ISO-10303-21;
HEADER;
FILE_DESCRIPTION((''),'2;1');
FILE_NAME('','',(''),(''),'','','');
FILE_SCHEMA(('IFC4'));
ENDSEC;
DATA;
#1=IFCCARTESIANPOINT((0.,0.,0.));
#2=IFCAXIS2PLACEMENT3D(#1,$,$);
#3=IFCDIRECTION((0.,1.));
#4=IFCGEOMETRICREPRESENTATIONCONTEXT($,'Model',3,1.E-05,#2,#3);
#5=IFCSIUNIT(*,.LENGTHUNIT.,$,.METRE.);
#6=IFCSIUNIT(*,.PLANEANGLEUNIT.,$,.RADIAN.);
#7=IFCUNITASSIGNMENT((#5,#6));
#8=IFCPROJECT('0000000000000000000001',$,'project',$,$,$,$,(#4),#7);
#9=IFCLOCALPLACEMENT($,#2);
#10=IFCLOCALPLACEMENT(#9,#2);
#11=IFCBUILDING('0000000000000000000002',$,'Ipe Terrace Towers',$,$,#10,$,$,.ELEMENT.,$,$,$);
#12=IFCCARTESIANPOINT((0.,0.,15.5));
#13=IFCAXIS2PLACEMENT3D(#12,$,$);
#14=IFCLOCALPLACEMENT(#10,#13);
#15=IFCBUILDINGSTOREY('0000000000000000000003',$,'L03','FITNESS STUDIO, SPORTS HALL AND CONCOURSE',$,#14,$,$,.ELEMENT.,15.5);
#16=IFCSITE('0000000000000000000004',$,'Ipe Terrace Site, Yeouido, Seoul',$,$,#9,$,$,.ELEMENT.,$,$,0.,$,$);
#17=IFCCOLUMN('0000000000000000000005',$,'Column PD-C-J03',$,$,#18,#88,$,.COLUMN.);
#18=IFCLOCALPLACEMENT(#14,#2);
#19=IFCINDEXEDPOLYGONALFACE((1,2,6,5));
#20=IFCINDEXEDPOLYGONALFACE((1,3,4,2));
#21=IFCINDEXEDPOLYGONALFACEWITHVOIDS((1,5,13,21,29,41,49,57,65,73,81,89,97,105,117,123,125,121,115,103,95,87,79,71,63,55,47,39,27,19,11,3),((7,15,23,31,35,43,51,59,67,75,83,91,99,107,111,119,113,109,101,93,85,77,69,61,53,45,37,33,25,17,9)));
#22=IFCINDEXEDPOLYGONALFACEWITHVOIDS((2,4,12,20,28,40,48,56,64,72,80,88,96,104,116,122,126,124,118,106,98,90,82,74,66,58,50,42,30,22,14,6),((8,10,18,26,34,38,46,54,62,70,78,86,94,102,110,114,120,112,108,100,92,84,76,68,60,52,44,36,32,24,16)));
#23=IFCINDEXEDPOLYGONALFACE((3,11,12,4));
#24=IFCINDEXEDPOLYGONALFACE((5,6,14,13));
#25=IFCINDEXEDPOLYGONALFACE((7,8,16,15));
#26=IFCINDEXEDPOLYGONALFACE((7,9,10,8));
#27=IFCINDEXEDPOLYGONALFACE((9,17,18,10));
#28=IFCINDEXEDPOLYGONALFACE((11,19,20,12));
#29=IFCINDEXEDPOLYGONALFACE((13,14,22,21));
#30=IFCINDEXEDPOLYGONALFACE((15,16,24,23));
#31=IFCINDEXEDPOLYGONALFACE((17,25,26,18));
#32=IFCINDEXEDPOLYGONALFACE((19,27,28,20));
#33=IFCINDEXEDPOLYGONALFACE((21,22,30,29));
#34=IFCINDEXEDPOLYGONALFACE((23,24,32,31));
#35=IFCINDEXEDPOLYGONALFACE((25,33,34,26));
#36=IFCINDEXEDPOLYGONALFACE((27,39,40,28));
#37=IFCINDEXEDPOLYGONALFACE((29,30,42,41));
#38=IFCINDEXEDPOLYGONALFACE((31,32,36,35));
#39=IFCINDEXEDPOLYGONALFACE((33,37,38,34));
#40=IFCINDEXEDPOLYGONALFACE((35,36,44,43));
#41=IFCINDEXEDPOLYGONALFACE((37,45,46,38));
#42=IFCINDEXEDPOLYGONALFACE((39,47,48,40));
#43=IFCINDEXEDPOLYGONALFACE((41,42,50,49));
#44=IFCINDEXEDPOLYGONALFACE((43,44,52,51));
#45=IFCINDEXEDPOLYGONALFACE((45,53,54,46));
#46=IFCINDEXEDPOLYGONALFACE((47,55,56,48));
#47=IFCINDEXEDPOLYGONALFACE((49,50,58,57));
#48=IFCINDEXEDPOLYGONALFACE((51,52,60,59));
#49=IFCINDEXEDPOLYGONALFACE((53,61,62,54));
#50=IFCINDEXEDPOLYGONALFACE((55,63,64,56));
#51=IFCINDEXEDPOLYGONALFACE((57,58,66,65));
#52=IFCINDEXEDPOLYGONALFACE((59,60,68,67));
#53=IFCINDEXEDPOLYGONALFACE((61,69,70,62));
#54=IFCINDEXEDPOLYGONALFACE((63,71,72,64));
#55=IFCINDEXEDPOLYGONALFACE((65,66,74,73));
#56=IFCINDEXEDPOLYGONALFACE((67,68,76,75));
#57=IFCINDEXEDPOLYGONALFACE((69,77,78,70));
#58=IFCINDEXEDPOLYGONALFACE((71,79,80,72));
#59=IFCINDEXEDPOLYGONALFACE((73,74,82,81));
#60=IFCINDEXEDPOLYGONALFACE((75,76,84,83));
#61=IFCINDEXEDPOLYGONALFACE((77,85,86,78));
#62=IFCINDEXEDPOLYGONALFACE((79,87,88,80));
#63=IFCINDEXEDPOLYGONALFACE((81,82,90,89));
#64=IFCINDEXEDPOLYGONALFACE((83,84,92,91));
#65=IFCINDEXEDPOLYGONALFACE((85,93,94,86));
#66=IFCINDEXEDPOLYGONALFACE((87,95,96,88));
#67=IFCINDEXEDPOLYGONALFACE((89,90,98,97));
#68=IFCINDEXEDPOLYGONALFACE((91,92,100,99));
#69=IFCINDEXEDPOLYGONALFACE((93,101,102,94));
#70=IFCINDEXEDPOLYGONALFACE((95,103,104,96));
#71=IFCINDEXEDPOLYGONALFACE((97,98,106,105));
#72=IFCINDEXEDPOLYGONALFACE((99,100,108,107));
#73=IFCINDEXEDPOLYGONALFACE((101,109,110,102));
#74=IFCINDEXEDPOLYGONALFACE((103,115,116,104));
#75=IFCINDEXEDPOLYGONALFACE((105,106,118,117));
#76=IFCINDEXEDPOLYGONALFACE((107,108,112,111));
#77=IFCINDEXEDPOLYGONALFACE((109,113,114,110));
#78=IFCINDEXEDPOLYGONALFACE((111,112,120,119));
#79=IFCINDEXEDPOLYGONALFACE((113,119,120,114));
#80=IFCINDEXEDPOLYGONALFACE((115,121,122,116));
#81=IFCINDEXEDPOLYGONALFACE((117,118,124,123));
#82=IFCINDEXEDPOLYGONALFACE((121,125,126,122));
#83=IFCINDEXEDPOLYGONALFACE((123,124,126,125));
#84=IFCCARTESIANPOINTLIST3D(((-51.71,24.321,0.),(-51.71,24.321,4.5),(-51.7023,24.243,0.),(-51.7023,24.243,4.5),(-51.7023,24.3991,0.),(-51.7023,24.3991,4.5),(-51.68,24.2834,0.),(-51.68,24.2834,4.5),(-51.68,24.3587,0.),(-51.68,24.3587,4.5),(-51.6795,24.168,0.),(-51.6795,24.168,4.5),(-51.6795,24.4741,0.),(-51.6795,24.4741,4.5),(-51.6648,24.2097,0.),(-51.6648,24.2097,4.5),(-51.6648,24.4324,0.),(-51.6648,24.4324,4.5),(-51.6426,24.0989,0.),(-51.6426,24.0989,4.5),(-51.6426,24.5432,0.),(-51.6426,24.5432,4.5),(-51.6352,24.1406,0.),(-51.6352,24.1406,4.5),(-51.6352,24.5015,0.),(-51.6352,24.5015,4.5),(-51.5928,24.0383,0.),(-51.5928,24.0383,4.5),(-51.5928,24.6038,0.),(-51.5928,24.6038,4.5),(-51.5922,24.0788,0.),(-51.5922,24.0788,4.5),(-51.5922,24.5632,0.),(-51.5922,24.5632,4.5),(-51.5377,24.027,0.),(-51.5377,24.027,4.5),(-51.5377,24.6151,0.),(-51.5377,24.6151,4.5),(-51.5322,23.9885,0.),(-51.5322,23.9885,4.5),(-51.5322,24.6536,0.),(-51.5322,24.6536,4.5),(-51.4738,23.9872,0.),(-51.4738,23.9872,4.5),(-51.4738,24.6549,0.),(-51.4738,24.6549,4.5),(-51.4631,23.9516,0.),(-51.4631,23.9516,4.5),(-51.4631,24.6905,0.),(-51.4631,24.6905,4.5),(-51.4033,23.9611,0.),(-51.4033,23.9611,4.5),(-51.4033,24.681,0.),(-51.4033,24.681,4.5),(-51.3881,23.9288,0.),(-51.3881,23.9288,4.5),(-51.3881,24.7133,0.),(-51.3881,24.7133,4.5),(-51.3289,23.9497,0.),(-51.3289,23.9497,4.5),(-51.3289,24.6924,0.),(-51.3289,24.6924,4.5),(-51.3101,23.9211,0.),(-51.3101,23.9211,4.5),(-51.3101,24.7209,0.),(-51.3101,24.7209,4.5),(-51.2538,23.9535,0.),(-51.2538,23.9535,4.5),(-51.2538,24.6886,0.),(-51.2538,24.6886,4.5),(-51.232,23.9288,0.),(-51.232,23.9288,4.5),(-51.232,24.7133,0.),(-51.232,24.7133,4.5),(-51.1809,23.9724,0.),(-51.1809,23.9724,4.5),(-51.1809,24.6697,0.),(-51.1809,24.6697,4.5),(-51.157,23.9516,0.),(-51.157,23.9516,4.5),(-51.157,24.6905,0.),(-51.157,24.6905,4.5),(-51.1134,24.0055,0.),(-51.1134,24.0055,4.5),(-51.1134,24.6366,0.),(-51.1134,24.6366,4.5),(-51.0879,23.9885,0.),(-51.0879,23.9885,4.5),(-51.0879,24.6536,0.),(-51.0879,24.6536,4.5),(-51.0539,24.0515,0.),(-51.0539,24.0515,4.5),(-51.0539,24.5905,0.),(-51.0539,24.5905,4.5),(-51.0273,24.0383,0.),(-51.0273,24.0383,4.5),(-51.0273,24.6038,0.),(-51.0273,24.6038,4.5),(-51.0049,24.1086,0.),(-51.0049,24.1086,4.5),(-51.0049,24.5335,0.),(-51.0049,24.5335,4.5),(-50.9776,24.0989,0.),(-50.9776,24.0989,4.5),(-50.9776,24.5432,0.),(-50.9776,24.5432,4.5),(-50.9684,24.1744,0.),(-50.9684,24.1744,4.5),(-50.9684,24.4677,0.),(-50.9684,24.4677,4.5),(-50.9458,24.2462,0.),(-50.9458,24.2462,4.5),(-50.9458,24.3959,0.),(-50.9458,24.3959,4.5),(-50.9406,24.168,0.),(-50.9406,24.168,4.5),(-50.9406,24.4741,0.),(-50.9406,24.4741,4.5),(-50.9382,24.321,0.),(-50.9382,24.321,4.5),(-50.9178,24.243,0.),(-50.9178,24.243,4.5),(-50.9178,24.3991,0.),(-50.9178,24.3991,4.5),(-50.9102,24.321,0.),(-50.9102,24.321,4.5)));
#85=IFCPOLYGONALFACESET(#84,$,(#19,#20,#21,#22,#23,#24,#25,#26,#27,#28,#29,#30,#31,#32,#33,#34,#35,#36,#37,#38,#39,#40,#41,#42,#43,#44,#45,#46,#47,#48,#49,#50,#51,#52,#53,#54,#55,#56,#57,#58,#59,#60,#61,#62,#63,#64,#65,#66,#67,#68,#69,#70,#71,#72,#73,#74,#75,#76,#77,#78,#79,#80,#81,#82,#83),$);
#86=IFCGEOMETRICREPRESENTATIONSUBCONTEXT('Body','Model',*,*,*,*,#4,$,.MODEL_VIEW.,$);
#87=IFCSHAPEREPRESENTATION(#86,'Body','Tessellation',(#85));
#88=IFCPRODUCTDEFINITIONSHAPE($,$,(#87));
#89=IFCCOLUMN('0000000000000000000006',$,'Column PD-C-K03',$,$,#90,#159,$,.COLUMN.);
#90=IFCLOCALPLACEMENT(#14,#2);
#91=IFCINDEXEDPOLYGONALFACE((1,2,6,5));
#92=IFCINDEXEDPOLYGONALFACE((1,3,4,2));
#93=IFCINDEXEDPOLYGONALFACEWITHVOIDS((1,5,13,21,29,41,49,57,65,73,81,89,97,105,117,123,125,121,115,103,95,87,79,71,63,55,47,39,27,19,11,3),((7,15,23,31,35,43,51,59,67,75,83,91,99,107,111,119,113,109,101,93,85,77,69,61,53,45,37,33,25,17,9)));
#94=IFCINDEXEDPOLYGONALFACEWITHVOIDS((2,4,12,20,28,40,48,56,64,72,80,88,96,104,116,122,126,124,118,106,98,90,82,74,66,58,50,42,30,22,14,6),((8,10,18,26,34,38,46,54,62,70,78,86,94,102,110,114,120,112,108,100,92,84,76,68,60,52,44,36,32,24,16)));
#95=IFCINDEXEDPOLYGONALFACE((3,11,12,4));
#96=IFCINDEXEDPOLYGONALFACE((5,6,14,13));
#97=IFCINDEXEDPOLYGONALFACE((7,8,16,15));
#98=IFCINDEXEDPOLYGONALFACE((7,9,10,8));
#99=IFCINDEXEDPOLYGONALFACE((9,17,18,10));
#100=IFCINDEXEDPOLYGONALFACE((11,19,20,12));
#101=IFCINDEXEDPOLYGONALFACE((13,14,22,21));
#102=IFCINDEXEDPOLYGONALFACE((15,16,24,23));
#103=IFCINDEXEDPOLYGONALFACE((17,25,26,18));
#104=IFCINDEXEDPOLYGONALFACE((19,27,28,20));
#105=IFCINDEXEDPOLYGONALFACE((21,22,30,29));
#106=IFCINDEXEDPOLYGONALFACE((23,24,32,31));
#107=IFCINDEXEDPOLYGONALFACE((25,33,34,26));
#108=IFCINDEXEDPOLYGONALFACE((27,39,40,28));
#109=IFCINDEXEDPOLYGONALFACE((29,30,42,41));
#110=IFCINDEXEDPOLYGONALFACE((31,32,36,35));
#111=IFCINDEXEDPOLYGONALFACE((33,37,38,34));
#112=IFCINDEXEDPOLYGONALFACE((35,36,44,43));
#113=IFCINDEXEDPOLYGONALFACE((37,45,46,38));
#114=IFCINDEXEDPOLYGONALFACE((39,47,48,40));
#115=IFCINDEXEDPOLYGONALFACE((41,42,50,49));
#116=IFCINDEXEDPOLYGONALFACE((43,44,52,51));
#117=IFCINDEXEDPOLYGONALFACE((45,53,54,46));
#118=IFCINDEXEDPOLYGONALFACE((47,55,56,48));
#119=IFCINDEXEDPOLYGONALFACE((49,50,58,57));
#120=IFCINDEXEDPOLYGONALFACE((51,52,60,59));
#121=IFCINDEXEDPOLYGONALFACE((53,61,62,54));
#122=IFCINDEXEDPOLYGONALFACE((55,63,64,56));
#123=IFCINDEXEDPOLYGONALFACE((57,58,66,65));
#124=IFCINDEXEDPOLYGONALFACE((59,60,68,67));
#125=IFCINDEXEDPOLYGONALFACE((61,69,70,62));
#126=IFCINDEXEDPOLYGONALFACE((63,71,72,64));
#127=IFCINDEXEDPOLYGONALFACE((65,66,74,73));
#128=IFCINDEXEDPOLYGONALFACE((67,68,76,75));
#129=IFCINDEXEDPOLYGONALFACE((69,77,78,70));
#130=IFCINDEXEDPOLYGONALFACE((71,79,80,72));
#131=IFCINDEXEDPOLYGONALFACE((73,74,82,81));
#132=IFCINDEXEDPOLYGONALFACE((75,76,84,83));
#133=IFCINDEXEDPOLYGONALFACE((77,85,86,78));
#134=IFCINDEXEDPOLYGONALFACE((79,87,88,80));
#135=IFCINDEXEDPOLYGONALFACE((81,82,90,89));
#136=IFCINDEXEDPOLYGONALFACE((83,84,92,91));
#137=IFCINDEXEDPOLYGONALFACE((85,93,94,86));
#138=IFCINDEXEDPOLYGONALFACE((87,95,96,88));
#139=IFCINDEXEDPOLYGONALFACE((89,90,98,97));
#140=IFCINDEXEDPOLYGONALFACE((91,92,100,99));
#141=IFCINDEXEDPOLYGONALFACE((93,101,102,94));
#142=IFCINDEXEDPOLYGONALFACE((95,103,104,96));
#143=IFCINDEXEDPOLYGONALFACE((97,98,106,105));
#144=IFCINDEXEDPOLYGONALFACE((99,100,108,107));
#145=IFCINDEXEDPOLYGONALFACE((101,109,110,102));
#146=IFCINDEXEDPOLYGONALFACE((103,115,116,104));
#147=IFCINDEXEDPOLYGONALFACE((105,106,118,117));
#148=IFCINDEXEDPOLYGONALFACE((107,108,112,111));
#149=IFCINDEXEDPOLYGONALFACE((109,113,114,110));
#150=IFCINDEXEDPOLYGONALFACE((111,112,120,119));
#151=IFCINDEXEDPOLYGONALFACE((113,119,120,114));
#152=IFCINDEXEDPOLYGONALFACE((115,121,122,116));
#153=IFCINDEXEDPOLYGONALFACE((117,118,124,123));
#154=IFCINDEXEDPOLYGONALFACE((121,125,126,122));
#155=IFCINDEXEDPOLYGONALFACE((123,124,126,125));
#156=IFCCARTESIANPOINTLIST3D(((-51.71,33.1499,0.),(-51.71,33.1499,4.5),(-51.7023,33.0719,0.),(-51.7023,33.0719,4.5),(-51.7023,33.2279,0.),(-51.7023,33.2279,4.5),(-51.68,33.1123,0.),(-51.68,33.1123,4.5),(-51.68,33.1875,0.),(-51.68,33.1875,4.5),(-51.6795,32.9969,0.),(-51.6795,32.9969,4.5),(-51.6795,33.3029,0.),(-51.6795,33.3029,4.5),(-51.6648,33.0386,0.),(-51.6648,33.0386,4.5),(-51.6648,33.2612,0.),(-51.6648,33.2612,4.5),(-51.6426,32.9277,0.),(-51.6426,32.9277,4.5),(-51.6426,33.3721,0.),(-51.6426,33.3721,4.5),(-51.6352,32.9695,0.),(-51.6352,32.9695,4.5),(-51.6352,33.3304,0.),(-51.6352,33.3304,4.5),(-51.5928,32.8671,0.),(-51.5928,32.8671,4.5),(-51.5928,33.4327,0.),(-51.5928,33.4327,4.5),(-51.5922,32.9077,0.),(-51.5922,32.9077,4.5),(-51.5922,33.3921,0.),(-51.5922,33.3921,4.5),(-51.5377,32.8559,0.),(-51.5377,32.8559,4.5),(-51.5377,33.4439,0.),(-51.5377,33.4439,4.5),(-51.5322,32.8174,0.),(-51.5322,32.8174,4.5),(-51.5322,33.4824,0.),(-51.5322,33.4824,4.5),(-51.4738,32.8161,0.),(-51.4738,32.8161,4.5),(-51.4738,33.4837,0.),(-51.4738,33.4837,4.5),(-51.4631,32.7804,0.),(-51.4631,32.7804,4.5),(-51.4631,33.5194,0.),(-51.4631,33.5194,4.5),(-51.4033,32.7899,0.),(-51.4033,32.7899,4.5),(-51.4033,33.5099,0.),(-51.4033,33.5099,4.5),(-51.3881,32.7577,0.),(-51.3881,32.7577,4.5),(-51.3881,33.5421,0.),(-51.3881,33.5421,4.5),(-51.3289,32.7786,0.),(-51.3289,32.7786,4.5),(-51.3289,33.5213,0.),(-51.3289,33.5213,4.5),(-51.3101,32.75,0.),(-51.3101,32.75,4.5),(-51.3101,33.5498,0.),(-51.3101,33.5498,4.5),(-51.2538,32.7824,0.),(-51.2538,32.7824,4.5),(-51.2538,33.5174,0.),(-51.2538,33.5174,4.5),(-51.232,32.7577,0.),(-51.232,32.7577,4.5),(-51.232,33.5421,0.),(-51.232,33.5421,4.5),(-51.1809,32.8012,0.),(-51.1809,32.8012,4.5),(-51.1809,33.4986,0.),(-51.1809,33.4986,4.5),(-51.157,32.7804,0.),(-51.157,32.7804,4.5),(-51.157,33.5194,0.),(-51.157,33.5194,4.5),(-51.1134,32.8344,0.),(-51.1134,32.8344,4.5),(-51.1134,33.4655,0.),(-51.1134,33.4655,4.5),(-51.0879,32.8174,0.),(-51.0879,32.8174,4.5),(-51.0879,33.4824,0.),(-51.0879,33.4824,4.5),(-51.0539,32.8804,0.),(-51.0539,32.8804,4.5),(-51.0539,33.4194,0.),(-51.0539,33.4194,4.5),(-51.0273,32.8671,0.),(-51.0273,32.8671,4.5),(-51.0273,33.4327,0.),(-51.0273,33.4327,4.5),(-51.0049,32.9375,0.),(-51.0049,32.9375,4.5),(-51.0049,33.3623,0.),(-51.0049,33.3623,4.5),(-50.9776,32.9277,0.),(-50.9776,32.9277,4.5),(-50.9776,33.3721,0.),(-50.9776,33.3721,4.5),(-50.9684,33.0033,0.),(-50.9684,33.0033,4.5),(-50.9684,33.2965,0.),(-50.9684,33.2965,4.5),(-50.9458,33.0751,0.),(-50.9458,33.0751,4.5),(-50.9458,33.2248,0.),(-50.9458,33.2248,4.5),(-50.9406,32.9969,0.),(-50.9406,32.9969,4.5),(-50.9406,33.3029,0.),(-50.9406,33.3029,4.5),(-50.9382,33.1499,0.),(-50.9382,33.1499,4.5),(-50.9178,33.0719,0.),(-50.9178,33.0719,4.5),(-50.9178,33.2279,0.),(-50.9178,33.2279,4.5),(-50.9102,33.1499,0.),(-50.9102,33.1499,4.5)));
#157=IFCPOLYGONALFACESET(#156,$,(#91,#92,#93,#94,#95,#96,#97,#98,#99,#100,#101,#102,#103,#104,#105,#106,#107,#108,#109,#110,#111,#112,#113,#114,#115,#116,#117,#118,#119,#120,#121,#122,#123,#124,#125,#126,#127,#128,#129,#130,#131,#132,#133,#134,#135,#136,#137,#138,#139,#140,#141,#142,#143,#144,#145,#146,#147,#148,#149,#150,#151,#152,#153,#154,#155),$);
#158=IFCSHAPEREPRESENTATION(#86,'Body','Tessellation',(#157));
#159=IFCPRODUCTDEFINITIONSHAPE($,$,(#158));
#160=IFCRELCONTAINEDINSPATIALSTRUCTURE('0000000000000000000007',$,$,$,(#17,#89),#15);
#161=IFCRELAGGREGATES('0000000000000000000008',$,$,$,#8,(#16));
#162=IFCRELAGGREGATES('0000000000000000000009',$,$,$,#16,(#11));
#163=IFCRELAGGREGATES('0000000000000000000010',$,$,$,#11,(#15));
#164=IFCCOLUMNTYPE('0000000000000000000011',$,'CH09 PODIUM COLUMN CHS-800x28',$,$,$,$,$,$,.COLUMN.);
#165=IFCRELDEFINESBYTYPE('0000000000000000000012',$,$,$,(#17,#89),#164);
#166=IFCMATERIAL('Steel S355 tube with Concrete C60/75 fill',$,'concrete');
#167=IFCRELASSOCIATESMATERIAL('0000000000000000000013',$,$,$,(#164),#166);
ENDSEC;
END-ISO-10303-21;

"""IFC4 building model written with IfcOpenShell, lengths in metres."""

from ifc_helpers import new_model, si_unit, direction, frame, origin, origin_2d, place, context, subcontext, project, spatial, hollow_circle, extrude, material, material_profile, profile_set, type_object, element, save


model = new_model("IFC4")

# Units and contexts
model_context = context("Model", 3, precision=1e-05, world=origin(), true_north=direction((0.0, 1.0)))
body_context = subcontext(model_context, "Body", "Model", "MODEL_VIEW")
ifc_project = project(units=[si_unit("LENGTHUNIT", "METRE"), si_unit("PLANEANGLEUNIT", "RADIAN")], contexts=[model_context])

# Site, building, storey
site_placement = place(None, origin())
site = spatial("IfcSite", under=ifc_project, at=site_placement, Name="Ipe Terrace Site, Yeouido, Seoul", CompositionType="ELEMENT", RefElevation=0.0)
building_placement = place(site_placement, origin())
building = spatial("IfcBuilding", under=site, at=building_placement, Name="Ipe Terrace Towers", CompositionType="ELEMENT")
storey_placement = place(building_placement, frame((0.0, 0.0, 15.5)))
storey = spatial("IfcBuildingStorey", under=building, at=storey_placement, Name="L03", Description="FITNESS STUDIO, SPORTS HALL AND CONCOURSE", CompositionType="ELEMENT", Elevation=15.5)

# Columns
ifc_material_1 = material(Name="Steel S355 tube with Concrete C60/75 fill", Category="concrete")
ifc_material_profile_1 = material_profile(ifc_material_1, hollow_circle(Radius=0.3999, WallThickness=0.0281, at=origin_2d()), Name="CHS-800x28")
ifc_profile_set_1 = profile_set([ifc_material_profile_1], Name="Steel S355 tube with Concrete C60/75 fill")
column_type = type_object("IfcColumnType", Name="CH09 PODIUM COLUMN CHS-800x28", PredefinedType="COLUMN", material=ifc_profile_set_1)
for number, where, z_axis, x_axis, name in (
    (1, (-51.3101, 24.321, 0.0), (0.0, 0.0, 1.0), (1.0, 0.0, 0.0), "Column PD-C-J03"),
    (2, (-51.3101, 33.1499, 0.0), (0.0, 0.0, 1.0), (1.0, 0.0, 0.0), "Column PD-C-K03"),
):
    element("IfcColumn", number, at=place(storey_placement, frame(where, z_axis=z_axis, x_axis=x_axis)), inside=storey, type_object=column_type, Name=name, PredefinedType="COLUMN", context=body_context, shape_type="SweptSolid", body=[
        extrude(hollow_circle(Radius=0.3999, WallThickness=0.0281, at=origin_2d()), origin(), (0.0, 0.0, 1.0), 4.5),
    ])

save(model, "model.ifc")
